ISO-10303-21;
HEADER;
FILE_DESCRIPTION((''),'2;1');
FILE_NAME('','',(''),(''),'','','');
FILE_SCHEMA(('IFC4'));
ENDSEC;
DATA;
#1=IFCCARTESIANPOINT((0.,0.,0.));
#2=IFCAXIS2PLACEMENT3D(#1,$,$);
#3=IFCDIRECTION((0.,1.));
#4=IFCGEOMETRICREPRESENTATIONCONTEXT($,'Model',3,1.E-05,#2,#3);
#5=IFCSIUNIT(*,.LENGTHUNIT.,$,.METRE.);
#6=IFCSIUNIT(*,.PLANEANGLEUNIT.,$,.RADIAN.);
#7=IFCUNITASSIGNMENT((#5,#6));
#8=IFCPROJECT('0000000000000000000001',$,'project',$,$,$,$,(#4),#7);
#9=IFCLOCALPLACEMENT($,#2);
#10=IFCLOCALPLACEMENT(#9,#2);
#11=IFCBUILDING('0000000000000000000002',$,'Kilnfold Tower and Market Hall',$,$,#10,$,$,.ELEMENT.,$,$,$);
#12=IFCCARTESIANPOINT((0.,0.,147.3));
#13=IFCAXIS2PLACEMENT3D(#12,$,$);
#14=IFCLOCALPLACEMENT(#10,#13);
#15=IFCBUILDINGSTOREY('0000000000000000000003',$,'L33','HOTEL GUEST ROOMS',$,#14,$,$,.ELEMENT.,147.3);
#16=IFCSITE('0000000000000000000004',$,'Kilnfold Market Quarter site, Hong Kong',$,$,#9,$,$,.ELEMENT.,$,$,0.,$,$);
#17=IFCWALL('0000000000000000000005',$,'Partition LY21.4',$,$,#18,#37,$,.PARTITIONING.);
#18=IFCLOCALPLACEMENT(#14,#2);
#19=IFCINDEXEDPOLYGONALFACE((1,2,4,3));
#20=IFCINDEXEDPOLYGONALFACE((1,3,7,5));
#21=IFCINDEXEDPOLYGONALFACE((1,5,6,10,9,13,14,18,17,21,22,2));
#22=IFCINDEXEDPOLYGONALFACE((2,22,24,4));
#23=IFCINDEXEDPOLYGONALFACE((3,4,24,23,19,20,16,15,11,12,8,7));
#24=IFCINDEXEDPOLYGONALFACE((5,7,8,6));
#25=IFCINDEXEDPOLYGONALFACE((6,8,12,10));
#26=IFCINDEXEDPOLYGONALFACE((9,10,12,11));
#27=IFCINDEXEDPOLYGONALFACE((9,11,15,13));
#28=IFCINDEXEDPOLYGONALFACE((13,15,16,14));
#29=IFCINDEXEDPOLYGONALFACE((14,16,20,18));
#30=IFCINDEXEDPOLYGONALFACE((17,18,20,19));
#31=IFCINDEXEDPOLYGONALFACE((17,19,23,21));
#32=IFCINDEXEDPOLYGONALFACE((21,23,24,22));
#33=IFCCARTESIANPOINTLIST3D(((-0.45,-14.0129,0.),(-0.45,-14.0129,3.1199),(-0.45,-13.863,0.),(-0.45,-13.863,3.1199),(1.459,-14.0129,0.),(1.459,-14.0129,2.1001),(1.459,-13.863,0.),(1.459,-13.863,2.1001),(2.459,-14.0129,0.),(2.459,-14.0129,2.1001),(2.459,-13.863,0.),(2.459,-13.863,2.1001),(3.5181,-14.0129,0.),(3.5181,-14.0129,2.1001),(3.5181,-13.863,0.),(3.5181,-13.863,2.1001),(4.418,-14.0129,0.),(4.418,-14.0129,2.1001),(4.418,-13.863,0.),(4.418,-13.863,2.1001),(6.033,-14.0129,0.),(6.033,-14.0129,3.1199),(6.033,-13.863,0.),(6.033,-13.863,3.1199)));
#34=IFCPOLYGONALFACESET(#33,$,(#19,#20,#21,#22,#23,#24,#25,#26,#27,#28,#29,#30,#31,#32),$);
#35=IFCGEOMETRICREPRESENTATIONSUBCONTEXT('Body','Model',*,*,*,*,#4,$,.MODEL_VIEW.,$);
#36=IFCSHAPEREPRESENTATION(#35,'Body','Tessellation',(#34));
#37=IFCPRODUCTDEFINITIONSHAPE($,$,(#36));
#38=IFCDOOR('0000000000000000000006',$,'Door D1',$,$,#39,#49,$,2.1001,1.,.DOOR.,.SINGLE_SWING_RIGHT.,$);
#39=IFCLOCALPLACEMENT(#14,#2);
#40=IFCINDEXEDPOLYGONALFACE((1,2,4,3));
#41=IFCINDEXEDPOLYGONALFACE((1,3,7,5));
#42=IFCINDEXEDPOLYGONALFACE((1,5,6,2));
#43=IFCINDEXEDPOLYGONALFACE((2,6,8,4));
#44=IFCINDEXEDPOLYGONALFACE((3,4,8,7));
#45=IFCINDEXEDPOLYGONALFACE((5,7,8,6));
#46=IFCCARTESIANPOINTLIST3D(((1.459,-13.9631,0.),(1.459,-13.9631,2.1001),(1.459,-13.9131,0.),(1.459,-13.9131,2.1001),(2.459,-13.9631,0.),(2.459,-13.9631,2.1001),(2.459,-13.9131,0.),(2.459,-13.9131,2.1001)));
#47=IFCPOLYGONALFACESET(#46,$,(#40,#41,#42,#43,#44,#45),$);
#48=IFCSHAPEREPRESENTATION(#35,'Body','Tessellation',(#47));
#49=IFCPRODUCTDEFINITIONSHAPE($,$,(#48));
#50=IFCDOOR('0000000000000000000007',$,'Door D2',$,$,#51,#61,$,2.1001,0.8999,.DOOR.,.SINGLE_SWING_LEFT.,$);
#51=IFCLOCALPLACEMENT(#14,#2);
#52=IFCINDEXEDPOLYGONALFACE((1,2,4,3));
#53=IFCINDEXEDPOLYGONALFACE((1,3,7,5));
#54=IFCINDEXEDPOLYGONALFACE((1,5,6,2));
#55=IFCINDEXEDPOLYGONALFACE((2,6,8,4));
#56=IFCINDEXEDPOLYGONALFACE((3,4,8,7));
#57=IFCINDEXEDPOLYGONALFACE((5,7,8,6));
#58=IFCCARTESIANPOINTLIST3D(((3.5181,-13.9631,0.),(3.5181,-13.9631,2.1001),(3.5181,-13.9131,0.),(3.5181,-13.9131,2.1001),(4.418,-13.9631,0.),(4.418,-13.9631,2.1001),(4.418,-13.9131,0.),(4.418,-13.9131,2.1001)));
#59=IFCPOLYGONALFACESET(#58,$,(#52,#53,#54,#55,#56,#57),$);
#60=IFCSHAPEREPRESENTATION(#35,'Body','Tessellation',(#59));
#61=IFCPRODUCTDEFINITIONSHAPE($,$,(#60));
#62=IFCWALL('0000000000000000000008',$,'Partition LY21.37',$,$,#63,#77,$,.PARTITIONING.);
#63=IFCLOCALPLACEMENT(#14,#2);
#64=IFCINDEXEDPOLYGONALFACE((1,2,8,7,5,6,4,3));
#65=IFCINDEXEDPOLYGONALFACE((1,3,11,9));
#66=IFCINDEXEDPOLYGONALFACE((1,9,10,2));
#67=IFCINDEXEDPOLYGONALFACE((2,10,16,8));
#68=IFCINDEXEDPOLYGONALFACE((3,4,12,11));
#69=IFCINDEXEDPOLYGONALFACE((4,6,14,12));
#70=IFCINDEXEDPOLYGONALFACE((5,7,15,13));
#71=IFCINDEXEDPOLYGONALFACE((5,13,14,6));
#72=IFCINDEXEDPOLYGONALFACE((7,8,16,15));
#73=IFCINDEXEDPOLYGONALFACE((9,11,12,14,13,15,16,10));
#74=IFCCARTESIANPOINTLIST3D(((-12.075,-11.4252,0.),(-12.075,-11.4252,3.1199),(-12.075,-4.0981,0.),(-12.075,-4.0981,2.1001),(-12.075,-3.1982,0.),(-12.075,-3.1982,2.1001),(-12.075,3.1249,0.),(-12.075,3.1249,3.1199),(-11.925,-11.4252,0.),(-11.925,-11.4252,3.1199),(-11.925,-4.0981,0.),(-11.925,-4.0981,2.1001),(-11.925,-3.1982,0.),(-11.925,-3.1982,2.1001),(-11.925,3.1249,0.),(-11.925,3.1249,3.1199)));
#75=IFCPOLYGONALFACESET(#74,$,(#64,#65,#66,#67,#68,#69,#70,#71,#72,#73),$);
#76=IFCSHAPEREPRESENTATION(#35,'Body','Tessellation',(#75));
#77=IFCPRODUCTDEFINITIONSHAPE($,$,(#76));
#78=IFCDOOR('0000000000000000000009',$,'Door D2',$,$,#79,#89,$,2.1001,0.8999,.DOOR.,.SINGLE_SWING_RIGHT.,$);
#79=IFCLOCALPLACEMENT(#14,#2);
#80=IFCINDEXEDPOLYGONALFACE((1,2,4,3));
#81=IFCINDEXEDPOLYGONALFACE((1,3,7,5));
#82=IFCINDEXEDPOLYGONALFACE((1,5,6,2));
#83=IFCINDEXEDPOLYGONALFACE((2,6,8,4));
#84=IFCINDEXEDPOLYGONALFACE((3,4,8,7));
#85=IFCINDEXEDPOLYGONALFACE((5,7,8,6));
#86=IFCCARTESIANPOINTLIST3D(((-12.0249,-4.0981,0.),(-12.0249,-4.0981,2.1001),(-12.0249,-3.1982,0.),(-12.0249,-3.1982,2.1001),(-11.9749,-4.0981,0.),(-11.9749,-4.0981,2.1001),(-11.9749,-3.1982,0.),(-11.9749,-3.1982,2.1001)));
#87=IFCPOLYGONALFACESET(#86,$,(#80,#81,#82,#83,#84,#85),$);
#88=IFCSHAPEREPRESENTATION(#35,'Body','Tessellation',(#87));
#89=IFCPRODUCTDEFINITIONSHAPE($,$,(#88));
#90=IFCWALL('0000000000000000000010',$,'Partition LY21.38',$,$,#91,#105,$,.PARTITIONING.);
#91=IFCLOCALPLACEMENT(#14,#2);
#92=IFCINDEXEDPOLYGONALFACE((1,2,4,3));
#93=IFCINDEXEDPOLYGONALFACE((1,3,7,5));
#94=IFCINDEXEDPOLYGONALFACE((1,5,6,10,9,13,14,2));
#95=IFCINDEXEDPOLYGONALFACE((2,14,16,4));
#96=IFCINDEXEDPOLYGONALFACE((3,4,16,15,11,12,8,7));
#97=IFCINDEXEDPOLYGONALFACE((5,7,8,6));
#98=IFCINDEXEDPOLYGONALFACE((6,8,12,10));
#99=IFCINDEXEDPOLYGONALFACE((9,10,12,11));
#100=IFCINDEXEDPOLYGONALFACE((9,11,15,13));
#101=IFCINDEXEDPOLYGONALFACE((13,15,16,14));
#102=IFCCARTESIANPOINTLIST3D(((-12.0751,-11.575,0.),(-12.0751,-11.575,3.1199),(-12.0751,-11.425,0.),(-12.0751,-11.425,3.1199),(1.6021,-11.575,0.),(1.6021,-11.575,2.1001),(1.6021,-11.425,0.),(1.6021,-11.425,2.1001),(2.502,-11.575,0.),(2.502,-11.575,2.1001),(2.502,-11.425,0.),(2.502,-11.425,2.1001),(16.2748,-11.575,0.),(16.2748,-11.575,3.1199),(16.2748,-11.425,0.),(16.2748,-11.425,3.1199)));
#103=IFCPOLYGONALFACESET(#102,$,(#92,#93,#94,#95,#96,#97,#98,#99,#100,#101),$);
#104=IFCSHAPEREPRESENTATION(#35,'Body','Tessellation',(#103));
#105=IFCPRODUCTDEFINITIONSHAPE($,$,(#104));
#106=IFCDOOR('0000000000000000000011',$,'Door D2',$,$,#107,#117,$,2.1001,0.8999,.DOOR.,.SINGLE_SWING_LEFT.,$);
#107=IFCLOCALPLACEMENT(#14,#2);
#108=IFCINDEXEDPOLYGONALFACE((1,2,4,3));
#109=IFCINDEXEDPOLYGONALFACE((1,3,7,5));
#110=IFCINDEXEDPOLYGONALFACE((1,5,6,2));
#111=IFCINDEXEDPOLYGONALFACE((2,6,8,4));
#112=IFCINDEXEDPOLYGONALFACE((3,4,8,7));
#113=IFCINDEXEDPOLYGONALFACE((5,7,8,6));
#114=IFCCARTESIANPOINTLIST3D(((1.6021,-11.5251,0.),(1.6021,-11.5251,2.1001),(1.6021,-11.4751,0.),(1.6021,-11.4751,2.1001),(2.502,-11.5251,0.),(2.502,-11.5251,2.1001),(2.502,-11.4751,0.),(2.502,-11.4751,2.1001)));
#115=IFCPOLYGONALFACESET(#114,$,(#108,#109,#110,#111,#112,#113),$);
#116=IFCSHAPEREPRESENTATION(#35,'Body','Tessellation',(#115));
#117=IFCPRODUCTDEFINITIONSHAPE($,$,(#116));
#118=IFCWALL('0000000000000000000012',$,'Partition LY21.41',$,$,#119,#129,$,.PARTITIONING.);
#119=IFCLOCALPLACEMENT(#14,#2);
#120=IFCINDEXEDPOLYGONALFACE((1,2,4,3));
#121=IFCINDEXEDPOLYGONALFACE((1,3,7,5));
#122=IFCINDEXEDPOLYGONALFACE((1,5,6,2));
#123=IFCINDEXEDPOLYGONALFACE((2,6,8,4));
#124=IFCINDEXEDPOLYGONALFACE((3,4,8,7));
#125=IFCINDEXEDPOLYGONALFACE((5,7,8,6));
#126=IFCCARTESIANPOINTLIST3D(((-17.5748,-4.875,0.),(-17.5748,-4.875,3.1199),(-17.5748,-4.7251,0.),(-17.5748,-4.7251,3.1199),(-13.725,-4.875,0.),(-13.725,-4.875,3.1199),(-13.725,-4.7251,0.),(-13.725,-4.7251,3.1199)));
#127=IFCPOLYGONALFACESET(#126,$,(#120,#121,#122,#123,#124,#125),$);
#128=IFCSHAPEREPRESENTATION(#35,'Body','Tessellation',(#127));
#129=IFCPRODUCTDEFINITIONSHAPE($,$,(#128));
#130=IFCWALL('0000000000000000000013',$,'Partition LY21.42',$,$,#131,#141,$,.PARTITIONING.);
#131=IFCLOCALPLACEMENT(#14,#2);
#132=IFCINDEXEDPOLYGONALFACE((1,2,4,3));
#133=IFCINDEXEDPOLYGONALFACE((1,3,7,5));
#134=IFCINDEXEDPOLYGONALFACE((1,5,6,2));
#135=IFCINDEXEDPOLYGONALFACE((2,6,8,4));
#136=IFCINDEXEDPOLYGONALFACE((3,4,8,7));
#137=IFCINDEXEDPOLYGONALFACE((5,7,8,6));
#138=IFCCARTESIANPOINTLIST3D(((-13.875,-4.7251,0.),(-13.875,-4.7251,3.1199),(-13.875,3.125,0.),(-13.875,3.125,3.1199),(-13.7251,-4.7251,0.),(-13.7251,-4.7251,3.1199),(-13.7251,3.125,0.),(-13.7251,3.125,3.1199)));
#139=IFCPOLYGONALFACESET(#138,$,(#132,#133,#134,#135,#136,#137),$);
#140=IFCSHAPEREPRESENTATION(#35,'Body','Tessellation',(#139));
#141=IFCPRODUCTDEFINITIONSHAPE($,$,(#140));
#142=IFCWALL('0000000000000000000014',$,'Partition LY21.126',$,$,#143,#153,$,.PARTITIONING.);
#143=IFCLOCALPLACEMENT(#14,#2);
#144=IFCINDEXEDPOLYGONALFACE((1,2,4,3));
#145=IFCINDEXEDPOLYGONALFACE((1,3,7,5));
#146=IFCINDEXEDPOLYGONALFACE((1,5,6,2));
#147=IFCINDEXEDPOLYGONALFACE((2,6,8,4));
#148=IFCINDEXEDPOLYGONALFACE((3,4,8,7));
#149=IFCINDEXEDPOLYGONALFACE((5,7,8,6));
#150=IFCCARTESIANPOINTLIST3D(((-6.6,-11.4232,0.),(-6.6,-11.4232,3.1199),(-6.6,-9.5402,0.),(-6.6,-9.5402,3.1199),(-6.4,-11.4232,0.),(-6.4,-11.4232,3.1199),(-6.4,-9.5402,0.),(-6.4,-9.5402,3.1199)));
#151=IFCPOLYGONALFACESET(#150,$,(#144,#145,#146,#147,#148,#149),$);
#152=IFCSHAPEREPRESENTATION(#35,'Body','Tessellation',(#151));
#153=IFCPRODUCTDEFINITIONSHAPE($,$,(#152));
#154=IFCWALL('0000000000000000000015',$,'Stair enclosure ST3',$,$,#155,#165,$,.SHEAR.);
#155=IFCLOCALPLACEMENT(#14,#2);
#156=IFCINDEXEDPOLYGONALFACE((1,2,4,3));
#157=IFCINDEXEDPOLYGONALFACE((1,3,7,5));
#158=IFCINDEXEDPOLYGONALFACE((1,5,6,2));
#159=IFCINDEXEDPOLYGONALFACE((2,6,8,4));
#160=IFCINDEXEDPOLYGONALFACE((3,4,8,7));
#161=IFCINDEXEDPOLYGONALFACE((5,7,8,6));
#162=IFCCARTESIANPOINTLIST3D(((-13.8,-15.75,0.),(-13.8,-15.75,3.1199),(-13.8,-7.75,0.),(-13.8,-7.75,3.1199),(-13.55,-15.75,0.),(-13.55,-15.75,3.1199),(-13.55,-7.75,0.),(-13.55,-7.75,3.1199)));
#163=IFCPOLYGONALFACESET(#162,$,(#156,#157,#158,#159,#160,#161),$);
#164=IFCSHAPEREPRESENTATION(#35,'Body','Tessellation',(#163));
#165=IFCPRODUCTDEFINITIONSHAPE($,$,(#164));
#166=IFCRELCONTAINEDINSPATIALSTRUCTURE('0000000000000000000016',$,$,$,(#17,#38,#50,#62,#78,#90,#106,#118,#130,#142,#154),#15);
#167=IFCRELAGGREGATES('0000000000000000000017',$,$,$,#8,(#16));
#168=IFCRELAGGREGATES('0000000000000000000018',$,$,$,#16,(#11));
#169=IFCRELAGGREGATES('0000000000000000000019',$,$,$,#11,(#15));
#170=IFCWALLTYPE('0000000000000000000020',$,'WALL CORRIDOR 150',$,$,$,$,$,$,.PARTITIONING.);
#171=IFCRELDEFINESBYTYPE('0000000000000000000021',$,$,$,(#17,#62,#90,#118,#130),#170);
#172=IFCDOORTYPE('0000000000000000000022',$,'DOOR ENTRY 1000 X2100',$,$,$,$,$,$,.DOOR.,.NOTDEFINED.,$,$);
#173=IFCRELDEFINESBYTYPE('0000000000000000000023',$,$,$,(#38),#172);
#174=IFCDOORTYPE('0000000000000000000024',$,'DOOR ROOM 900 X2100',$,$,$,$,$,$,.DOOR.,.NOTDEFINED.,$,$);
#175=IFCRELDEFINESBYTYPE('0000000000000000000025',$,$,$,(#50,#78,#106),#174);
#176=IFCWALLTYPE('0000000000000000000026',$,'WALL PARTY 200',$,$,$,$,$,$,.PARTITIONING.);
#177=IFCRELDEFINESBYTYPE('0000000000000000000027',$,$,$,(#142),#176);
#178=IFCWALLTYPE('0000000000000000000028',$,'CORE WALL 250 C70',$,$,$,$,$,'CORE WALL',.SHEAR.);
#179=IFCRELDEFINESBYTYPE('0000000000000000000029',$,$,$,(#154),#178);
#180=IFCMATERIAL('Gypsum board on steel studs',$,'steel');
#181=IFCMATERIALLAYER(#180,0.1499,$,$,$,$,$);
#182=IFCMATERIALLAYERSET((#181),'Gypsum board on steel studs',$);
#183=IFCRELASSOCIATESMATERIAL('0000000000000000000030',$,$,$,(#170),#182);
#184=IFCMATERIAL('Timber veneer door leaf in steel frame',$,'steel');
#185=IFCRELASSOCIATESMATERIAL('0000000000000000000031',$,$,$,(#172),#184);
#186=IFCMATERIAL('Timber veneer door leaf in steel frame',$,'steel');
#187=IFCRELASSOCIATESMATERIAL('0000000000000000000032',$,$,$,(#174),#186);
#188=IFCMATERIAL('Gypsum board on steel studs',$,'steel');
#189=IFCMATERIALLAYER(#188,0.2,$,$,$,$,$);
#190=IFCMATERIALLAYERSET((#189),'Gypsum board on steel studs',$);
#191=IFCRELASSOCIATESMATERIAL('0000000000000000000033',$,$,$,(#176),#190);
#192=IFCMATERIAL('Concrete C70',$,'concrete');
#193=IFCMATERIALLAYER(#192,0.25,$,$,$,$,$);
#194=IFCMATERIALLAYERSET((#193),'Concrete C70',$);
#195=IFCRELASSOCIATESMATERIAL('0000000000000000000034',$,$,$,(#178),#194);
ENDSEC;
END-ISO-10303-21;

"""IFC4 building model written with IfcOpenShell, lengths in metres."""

from ifc_helpers import new_model, si_unit, direction, frame, frame_2d, origin, place, context, subcontext, project, spatial, rectangle, extrude, source, transform, mapped, material, layer, layer_set, type_object, element, fill, save


model = new_model("IFC4")

# Units and contexts
model_context = context("Model", 3, precision=1e-05, world=origin(), true_north=direction((0.0, 1.0)))
body_context = subcontext(model_context, "Body", "Model", "MODEL_VIEW")
ifc_project = project(units=[si_unit("LENGTHUNIT", "METRE"), si_unit("PLANEANGLEUNIT", "RADIAN")], contexts=[model_context])

# Site, building, storey
site_placement = place(None, origin())
site = spatial("IfcSite", under=ifc_project, at=site_placement, Name="Kilnfold Market Quarter site, Hong Kong", CompositionType="ELEMENT", RefElevation=0.0)
building_placement = place(site_placement, origin())
building = spatial("IfcBuilding", under=site, at=building_placement, Name="Kilnfold Tower and Market Hall", CompositionType="ELEMENT")
storey_placement = place(building_placement, frame((0.0, 0.0, 147.3)))
storey = spatial("IfcBuildingStorey", under=building, at=storey_placement, Name="L33", Description="HOTEL GUEST ROOMS", CompositionType="ELEMENT", Elevation=147.3)

# Shared definitions
ifc_material_1 = material(Name="Gypsum board on steel studs", Category="steel")
ifc_layer_1 = layer(ifc_material_1, 0.1499)
ifc_layer_set_1 = layer_set([ifc_layer_1], Name="Gypsum board on steel studs")
wall_type_1 = type_object("IfcWallType", Name="WALL CORRIDOR 150", PredefinedType="PARTITIONING", material=ifc_layer_set_1)
ifc_material_2 = material(Name="Timber veneer door leaf in steel frame", Category="steel")
door_type_1 = type_object("IfcDoorType", Name="DOOR ENTRY 1000 X2100", OperationType="NOTDEFINED", PredefinedType="DOOR", material=ifc_material_2)

# Wall, openings, doors
ifc_material_3 = material(Name="Timber veneer door leaf in steel frame", Category="steel")
door_type_2 = type_object("IfcDoorType", Name="DOOR ROOM 900 X2100", OperationType="NOTDEFINED", PredefinedType="DOOR", material=ifc_material_3)
wall_1_placement = place(storey_placement, frame((-0.45, -13.938, 0.0), z_axis=(0.0, 0.0, 1.0), x_axis=(1.0, 0.0, 0.0)))
wall_1 = element("IfcWall", 1, at=wall_1_placement, inside=storey, type_object=wall_type_1, Name="Partition LY21.4", PredefinedType="PARTITIONING", context=body_context, shape_type="SweptSolid", body=[
    extrude(rectangle(XDim=6.4829, YDim=0.1499, at=frame_2d((3.2415, 0.0))), origin(), (0.0, 0.0, 1.0), 3.1199),
])
opening_1_placement = place(wall_1_placement, frame((1.9089, 0.0, 0.0)))
opening_1 = element("IfcOpeningElement", 2, at=opening_1_placement, cuts=wall_1, PredefinedType="OPENING", context=body_context, shape_type="SweptSolid", body=[
    extrude(rectangle(XDim=1.0, YDim=2.1001, at=frame_2d((0.5, 1.05))), frame((0.0, 0.085, 0.0), z_axis=(0.0, -1.0, 0.0), x_axis=(1.0, 0.0, 0.0)), (0.0, 0.0, 1.0), 0.1699),
])
opening_2_placement = place(wall_1_placement, frame((3.968, 0.0, 0.0)))
opening_2 = element("IfcOpeningElement", 3, at=opening_2_placement, cuts=wall_1, PredefinedType="OPENING", context=body_context, shape_type="SweptSolid", body=[
    extrude(rectangle(XDim=0.8999, YDim=2.1001, at=frame_2d((0.45, 1.05))), frame((0.0, 0.085, 0.0), z_axis=(0.0, -1.0, 0.0), x_axis=(1.0, 0.0, 0.0)), (0.0, 0.0, 1.0), 0.1699),
])
door_1_placement = place(opening_1_placement, origin())
door_1 = element("IfcDoor", 4, at=door_1_placement, inside=storey, type_object=door_type_1, Name="Door D1", OperationType="SINGLE_SWING_RIGHT", OverallHeight=2.1001, OverallWidth=1.0, PredefinedType="DOOR", context=body_context, shape_type="SweptSolid", body=[
    extrude(rectangle(XDim=1.0, YDim=2.1001, at=frame_2d((0.5, 1.05))), frame((0.0, 0.0249, 0.0), z_axis=(0.0, -1.0, 0.0), x_axis=(1.0, 0.0, 0.0)), (0.0, 0.0, 1.0), 0.05),
])
fill(opening_1, door_1)
door_2_placement = place(opening_2_placement, origin())
door_2 = element("IfcDoor", 5, at=door_2_placement, inside=storey, type_object=door_type_2, Name="Door D2", OperationType="SINGLE_SWING_LEFT", OverallHeight=2.1001, OverallWidth=0.8999, PredefinedType="DOOR", context=body_context, shape_type="SweptSolid", body=[
    extrude(rectangle(XDim=0.8999, YDim=2.1001, at=frame_2d((0.45, 1.05))), frame((0.0, 0.0249, 0.0), z_axis=(0.0, -1.0, 0.0), x_axis=(1.0, 0.0, 0.0)), (0.0, 0.0, 1.0), 0.05),
])
fill(opening_2, door_2)

# Walls, openings, doors
wall_2_placement = place(storey_placement, frame((-12.0, -11.425, 0.0), z_axis=(0.0, 0.0, 1.0), x_axis=(0.0, 1.0, 0.0)))
wall_2 = element("IfcWall", 6, at=wall_2_placement, inside=storey, type_object=wall_type_1, Name="Partition LY21.37", PredefinedType="PARTITIONING", context=body_context, shape_type="SweptSolid", body=[
    extrude(rectangle(XDim=14.55, YDim=0.1499, at=frame_2d((7.2749, 0.0))), origin(), (0.0, 0.0, 1.0), 3.1199),
])
opening_3_placement = place(wall_2_placement, frame((7.3269, 0.0, 0.0)))
opening_3 = element("IfcOpeningElement", 7, at=opening_3_placement, cuts=wall_2, PredefinedType="OPENING", context=body_context, shape_type="SweptSolid", body=[
    extrude(rectangle(XDim=0.8999, YDim=2.1001, at=frame_2d((0.45, 1.05))), frame((0.0, 0.085, 0.0), z_axis=(0.0, -1.0, 0.0), x_axis=(1.0, 0.0, 0.0)), (0.0, 0.0, 1.0), 0.1699),
])
door_3_placement = place(opening_3_placement, origin())
door_3 = element("IfcDoor", 8, at=door_3_placement, inside=storey, type_object=door_type_2, Name="Door D2", OperationType="SINGLE_SWING_RIGHT", OverallHeight=2.1001, OverallWidth=0.8999, PredefinedType="DOOR", context=body_context, shape_type="SweptSolid", body=[
    extrude(rectangle(XDim=0.8999, YDim=2.1001, at=frame_2d((0.45, 1.05))), frame((0.0, 0.0249, 0.0), z_axis=(0.0, -1.0, 0.0), x_axis=(1.0, 0.0, 0.0)), (0.0, 0.0, 1.0), 0.05),
])
fill(opening_3, door_3)
wall_3_placement = place(storey_placement, frame((-12.075, -11.5, 0.0), z_axis=(0.0, 0.0, 1.0), x_axis=(1.0, 0.0, 0.0)))
wall_3 = element("IfcWall", 9, at=wall_3_placement, inside=storey, type_object=wall_type_1, Name="Partition LY21.38", PredefinedType="PARTITIONING", context=body_context, shape_type="SweptSolid", body=[
    extrude(rectangle(XDim=28.3499, YDim=0.1499, at=frame_2d((14.1748, 0.0))), origin(), (0.0, 0.0, 1.0), 3.1199),
])
opening_4_placement = place(wall_3_placement, frame((13.677, 0.0, 0.0)))
opening_4 = element("IfcOpeningElement", 10, at=opening_4_placement, cuts=wall_3, PredefinedType="OPENING", context=body_context, shape_type="SweptSolid", body=[
    extrude(rectangle(XDim=0.8999, YDim=2.1001, at=frame_2d((0.45, 1.05))), frame((0.0, 0.085, 0.0), z_axis=(0.0, -1.0, 0.0), x_axis=(1.0, 0.0, 0.0)), (0.0, 0.0, 1.0), 0.1699),
])
door_4_placement = place(opening_4_placement, origin())
door_4 = element("IfcDoor", 11, at=door_4_placement, inside=storey, type_object=door_type_2, Name="Door D2", OperationType="SINGLE_SWING_LEFT", OverallHeight=2.1001, OverallWidth=0.8999, PredefinedType="DOOR", context=body_context, shape_type="SweptSolid", body=[
    extrude(rectangle(XDim=0.8999, YDim=2.1001, at=frame_2d((0.45, 1.05))), frame((0.0, 0.0249, 0.0), z_axis=(0.0, -1.0, 0.0), x_axis=(1.0, 0.0, 0.0)), (0.0, 0.0, 1.0), 0.05),
])
fill(opening_4, door_4)

# Walls
wall_4_placement = place(storey_placement, frame((-13.7251, -4.8, 0.0), z_axis=(0.0, 0.0, 1.0), x_axis=(-1.0, 0.0, 0.0)))
element("IfcWall", 12, at=wall_4_placement, inside=storey, type_object=wall_type_1, Name="Partition LY21.41", PredefinedType="PARTITIONING", context=body_context, shape_type="SweptSolid", body=[
    extrude(rectangle(XDim=3.8499, YDim=0.1499, at=frame_2d((1.9248, 0.0))), origin(), (0.0, 0.0, 1.0), 3.1199),
])
wall_5_placement = place(storey_placement, frame((-13.8, 3.125, 0.0), z_axis=(0.0, 0.0, 1.0), x_axis=(0.0, -1.0, 0.0)))
element("IfcWall", 13, at=wall_5_placement, inside=storey, type_object=wall_type_1, Name="Partition LY21.42", PredefinedType="PARTITIONING", context=body_context, shape_type="SweptSolid", body=[
    extrude(rectangle(XDim=7.8501, YDim=0.1499, at=frame_2d((3.925, 0.0))), origin(), (0.0, 0.0, 1.0), 3.1199),
])
ifc_material_4 = material(Name="Gypsum board on steel studs", Category="steel")
ifc_layer_2 = layer(ifc_material_4, 0.2)
ifc_layer_set_2 = layer_set([ifc_layer_2], Name="Gypsum board on steel studs")
wall_type_2 = type_object("IfcWallType", Name="WALL PARTY 200", PredefinedType="PARTITIONING", material=ifc_layer_set_2)
wall_6_placement = place(storey_placement, frame((-6.5, -11.4231, 0.0), z_axis=(0.0, 0.0, 1.0), x_axis=(0.0, 1.0, 0.0)))
element("IfcWall", 14, at=wall_6_placement, inside=storey, type_object=wall_type_2, Name="Partition LY21.126", PredefinedType="PARTITIONING", context=body_context, shape_type="SweptSolid", body=[
    extrude(rectangle(XDim=1.8831, YDim=0.2, at=frame_2d((0.9414, 0.0))), origin(), (0.0, 0.0, 1.0), 3.1199),
])
ifc_material_5 = material(Name="Concrete C70", Category="concrete")
ifc_layer_3 = layer(ifc_material_5, 0.25)
ifc_layer_set_3 = layer_set([ifc_layer_3], Name="Concrete C70")
wall_type_3 = type_object("IfcWallType", Name="CORE WALL 250 C70", ElementType="CORE WALL", PredefinedType="SHEAR", material=ifc_layer_set_3)
shared_shape_1 = source(origin(), body_context, "Body", "SweptSolid", [
    extrude(rectangle(XDim=8.0, YDim=0.25, at=frame_2d((4.0, 0.0))), origin(), (0.0, 0.0, 1.0), 3.1199),
])
wall_7_placement = place(storey_placement, frame((-13.675, -15.75, 0.0), z_axis=(0.0, 0.0, 1.0), x_axis=(0.0, 1.0, 0.0)))
element("IfcWall", 15, at=wall_7_placement, inside=storey, type_object=wall_type_3, Name="Stair enclosure ST3", PredefinedType="SHEAR", context=body_context, shape_type="MappedRepresentation", body=[
    mapped(shared_shape_1, transform((0.0, 0.0, 0.0))),
])

save(model, "model.ifc")
